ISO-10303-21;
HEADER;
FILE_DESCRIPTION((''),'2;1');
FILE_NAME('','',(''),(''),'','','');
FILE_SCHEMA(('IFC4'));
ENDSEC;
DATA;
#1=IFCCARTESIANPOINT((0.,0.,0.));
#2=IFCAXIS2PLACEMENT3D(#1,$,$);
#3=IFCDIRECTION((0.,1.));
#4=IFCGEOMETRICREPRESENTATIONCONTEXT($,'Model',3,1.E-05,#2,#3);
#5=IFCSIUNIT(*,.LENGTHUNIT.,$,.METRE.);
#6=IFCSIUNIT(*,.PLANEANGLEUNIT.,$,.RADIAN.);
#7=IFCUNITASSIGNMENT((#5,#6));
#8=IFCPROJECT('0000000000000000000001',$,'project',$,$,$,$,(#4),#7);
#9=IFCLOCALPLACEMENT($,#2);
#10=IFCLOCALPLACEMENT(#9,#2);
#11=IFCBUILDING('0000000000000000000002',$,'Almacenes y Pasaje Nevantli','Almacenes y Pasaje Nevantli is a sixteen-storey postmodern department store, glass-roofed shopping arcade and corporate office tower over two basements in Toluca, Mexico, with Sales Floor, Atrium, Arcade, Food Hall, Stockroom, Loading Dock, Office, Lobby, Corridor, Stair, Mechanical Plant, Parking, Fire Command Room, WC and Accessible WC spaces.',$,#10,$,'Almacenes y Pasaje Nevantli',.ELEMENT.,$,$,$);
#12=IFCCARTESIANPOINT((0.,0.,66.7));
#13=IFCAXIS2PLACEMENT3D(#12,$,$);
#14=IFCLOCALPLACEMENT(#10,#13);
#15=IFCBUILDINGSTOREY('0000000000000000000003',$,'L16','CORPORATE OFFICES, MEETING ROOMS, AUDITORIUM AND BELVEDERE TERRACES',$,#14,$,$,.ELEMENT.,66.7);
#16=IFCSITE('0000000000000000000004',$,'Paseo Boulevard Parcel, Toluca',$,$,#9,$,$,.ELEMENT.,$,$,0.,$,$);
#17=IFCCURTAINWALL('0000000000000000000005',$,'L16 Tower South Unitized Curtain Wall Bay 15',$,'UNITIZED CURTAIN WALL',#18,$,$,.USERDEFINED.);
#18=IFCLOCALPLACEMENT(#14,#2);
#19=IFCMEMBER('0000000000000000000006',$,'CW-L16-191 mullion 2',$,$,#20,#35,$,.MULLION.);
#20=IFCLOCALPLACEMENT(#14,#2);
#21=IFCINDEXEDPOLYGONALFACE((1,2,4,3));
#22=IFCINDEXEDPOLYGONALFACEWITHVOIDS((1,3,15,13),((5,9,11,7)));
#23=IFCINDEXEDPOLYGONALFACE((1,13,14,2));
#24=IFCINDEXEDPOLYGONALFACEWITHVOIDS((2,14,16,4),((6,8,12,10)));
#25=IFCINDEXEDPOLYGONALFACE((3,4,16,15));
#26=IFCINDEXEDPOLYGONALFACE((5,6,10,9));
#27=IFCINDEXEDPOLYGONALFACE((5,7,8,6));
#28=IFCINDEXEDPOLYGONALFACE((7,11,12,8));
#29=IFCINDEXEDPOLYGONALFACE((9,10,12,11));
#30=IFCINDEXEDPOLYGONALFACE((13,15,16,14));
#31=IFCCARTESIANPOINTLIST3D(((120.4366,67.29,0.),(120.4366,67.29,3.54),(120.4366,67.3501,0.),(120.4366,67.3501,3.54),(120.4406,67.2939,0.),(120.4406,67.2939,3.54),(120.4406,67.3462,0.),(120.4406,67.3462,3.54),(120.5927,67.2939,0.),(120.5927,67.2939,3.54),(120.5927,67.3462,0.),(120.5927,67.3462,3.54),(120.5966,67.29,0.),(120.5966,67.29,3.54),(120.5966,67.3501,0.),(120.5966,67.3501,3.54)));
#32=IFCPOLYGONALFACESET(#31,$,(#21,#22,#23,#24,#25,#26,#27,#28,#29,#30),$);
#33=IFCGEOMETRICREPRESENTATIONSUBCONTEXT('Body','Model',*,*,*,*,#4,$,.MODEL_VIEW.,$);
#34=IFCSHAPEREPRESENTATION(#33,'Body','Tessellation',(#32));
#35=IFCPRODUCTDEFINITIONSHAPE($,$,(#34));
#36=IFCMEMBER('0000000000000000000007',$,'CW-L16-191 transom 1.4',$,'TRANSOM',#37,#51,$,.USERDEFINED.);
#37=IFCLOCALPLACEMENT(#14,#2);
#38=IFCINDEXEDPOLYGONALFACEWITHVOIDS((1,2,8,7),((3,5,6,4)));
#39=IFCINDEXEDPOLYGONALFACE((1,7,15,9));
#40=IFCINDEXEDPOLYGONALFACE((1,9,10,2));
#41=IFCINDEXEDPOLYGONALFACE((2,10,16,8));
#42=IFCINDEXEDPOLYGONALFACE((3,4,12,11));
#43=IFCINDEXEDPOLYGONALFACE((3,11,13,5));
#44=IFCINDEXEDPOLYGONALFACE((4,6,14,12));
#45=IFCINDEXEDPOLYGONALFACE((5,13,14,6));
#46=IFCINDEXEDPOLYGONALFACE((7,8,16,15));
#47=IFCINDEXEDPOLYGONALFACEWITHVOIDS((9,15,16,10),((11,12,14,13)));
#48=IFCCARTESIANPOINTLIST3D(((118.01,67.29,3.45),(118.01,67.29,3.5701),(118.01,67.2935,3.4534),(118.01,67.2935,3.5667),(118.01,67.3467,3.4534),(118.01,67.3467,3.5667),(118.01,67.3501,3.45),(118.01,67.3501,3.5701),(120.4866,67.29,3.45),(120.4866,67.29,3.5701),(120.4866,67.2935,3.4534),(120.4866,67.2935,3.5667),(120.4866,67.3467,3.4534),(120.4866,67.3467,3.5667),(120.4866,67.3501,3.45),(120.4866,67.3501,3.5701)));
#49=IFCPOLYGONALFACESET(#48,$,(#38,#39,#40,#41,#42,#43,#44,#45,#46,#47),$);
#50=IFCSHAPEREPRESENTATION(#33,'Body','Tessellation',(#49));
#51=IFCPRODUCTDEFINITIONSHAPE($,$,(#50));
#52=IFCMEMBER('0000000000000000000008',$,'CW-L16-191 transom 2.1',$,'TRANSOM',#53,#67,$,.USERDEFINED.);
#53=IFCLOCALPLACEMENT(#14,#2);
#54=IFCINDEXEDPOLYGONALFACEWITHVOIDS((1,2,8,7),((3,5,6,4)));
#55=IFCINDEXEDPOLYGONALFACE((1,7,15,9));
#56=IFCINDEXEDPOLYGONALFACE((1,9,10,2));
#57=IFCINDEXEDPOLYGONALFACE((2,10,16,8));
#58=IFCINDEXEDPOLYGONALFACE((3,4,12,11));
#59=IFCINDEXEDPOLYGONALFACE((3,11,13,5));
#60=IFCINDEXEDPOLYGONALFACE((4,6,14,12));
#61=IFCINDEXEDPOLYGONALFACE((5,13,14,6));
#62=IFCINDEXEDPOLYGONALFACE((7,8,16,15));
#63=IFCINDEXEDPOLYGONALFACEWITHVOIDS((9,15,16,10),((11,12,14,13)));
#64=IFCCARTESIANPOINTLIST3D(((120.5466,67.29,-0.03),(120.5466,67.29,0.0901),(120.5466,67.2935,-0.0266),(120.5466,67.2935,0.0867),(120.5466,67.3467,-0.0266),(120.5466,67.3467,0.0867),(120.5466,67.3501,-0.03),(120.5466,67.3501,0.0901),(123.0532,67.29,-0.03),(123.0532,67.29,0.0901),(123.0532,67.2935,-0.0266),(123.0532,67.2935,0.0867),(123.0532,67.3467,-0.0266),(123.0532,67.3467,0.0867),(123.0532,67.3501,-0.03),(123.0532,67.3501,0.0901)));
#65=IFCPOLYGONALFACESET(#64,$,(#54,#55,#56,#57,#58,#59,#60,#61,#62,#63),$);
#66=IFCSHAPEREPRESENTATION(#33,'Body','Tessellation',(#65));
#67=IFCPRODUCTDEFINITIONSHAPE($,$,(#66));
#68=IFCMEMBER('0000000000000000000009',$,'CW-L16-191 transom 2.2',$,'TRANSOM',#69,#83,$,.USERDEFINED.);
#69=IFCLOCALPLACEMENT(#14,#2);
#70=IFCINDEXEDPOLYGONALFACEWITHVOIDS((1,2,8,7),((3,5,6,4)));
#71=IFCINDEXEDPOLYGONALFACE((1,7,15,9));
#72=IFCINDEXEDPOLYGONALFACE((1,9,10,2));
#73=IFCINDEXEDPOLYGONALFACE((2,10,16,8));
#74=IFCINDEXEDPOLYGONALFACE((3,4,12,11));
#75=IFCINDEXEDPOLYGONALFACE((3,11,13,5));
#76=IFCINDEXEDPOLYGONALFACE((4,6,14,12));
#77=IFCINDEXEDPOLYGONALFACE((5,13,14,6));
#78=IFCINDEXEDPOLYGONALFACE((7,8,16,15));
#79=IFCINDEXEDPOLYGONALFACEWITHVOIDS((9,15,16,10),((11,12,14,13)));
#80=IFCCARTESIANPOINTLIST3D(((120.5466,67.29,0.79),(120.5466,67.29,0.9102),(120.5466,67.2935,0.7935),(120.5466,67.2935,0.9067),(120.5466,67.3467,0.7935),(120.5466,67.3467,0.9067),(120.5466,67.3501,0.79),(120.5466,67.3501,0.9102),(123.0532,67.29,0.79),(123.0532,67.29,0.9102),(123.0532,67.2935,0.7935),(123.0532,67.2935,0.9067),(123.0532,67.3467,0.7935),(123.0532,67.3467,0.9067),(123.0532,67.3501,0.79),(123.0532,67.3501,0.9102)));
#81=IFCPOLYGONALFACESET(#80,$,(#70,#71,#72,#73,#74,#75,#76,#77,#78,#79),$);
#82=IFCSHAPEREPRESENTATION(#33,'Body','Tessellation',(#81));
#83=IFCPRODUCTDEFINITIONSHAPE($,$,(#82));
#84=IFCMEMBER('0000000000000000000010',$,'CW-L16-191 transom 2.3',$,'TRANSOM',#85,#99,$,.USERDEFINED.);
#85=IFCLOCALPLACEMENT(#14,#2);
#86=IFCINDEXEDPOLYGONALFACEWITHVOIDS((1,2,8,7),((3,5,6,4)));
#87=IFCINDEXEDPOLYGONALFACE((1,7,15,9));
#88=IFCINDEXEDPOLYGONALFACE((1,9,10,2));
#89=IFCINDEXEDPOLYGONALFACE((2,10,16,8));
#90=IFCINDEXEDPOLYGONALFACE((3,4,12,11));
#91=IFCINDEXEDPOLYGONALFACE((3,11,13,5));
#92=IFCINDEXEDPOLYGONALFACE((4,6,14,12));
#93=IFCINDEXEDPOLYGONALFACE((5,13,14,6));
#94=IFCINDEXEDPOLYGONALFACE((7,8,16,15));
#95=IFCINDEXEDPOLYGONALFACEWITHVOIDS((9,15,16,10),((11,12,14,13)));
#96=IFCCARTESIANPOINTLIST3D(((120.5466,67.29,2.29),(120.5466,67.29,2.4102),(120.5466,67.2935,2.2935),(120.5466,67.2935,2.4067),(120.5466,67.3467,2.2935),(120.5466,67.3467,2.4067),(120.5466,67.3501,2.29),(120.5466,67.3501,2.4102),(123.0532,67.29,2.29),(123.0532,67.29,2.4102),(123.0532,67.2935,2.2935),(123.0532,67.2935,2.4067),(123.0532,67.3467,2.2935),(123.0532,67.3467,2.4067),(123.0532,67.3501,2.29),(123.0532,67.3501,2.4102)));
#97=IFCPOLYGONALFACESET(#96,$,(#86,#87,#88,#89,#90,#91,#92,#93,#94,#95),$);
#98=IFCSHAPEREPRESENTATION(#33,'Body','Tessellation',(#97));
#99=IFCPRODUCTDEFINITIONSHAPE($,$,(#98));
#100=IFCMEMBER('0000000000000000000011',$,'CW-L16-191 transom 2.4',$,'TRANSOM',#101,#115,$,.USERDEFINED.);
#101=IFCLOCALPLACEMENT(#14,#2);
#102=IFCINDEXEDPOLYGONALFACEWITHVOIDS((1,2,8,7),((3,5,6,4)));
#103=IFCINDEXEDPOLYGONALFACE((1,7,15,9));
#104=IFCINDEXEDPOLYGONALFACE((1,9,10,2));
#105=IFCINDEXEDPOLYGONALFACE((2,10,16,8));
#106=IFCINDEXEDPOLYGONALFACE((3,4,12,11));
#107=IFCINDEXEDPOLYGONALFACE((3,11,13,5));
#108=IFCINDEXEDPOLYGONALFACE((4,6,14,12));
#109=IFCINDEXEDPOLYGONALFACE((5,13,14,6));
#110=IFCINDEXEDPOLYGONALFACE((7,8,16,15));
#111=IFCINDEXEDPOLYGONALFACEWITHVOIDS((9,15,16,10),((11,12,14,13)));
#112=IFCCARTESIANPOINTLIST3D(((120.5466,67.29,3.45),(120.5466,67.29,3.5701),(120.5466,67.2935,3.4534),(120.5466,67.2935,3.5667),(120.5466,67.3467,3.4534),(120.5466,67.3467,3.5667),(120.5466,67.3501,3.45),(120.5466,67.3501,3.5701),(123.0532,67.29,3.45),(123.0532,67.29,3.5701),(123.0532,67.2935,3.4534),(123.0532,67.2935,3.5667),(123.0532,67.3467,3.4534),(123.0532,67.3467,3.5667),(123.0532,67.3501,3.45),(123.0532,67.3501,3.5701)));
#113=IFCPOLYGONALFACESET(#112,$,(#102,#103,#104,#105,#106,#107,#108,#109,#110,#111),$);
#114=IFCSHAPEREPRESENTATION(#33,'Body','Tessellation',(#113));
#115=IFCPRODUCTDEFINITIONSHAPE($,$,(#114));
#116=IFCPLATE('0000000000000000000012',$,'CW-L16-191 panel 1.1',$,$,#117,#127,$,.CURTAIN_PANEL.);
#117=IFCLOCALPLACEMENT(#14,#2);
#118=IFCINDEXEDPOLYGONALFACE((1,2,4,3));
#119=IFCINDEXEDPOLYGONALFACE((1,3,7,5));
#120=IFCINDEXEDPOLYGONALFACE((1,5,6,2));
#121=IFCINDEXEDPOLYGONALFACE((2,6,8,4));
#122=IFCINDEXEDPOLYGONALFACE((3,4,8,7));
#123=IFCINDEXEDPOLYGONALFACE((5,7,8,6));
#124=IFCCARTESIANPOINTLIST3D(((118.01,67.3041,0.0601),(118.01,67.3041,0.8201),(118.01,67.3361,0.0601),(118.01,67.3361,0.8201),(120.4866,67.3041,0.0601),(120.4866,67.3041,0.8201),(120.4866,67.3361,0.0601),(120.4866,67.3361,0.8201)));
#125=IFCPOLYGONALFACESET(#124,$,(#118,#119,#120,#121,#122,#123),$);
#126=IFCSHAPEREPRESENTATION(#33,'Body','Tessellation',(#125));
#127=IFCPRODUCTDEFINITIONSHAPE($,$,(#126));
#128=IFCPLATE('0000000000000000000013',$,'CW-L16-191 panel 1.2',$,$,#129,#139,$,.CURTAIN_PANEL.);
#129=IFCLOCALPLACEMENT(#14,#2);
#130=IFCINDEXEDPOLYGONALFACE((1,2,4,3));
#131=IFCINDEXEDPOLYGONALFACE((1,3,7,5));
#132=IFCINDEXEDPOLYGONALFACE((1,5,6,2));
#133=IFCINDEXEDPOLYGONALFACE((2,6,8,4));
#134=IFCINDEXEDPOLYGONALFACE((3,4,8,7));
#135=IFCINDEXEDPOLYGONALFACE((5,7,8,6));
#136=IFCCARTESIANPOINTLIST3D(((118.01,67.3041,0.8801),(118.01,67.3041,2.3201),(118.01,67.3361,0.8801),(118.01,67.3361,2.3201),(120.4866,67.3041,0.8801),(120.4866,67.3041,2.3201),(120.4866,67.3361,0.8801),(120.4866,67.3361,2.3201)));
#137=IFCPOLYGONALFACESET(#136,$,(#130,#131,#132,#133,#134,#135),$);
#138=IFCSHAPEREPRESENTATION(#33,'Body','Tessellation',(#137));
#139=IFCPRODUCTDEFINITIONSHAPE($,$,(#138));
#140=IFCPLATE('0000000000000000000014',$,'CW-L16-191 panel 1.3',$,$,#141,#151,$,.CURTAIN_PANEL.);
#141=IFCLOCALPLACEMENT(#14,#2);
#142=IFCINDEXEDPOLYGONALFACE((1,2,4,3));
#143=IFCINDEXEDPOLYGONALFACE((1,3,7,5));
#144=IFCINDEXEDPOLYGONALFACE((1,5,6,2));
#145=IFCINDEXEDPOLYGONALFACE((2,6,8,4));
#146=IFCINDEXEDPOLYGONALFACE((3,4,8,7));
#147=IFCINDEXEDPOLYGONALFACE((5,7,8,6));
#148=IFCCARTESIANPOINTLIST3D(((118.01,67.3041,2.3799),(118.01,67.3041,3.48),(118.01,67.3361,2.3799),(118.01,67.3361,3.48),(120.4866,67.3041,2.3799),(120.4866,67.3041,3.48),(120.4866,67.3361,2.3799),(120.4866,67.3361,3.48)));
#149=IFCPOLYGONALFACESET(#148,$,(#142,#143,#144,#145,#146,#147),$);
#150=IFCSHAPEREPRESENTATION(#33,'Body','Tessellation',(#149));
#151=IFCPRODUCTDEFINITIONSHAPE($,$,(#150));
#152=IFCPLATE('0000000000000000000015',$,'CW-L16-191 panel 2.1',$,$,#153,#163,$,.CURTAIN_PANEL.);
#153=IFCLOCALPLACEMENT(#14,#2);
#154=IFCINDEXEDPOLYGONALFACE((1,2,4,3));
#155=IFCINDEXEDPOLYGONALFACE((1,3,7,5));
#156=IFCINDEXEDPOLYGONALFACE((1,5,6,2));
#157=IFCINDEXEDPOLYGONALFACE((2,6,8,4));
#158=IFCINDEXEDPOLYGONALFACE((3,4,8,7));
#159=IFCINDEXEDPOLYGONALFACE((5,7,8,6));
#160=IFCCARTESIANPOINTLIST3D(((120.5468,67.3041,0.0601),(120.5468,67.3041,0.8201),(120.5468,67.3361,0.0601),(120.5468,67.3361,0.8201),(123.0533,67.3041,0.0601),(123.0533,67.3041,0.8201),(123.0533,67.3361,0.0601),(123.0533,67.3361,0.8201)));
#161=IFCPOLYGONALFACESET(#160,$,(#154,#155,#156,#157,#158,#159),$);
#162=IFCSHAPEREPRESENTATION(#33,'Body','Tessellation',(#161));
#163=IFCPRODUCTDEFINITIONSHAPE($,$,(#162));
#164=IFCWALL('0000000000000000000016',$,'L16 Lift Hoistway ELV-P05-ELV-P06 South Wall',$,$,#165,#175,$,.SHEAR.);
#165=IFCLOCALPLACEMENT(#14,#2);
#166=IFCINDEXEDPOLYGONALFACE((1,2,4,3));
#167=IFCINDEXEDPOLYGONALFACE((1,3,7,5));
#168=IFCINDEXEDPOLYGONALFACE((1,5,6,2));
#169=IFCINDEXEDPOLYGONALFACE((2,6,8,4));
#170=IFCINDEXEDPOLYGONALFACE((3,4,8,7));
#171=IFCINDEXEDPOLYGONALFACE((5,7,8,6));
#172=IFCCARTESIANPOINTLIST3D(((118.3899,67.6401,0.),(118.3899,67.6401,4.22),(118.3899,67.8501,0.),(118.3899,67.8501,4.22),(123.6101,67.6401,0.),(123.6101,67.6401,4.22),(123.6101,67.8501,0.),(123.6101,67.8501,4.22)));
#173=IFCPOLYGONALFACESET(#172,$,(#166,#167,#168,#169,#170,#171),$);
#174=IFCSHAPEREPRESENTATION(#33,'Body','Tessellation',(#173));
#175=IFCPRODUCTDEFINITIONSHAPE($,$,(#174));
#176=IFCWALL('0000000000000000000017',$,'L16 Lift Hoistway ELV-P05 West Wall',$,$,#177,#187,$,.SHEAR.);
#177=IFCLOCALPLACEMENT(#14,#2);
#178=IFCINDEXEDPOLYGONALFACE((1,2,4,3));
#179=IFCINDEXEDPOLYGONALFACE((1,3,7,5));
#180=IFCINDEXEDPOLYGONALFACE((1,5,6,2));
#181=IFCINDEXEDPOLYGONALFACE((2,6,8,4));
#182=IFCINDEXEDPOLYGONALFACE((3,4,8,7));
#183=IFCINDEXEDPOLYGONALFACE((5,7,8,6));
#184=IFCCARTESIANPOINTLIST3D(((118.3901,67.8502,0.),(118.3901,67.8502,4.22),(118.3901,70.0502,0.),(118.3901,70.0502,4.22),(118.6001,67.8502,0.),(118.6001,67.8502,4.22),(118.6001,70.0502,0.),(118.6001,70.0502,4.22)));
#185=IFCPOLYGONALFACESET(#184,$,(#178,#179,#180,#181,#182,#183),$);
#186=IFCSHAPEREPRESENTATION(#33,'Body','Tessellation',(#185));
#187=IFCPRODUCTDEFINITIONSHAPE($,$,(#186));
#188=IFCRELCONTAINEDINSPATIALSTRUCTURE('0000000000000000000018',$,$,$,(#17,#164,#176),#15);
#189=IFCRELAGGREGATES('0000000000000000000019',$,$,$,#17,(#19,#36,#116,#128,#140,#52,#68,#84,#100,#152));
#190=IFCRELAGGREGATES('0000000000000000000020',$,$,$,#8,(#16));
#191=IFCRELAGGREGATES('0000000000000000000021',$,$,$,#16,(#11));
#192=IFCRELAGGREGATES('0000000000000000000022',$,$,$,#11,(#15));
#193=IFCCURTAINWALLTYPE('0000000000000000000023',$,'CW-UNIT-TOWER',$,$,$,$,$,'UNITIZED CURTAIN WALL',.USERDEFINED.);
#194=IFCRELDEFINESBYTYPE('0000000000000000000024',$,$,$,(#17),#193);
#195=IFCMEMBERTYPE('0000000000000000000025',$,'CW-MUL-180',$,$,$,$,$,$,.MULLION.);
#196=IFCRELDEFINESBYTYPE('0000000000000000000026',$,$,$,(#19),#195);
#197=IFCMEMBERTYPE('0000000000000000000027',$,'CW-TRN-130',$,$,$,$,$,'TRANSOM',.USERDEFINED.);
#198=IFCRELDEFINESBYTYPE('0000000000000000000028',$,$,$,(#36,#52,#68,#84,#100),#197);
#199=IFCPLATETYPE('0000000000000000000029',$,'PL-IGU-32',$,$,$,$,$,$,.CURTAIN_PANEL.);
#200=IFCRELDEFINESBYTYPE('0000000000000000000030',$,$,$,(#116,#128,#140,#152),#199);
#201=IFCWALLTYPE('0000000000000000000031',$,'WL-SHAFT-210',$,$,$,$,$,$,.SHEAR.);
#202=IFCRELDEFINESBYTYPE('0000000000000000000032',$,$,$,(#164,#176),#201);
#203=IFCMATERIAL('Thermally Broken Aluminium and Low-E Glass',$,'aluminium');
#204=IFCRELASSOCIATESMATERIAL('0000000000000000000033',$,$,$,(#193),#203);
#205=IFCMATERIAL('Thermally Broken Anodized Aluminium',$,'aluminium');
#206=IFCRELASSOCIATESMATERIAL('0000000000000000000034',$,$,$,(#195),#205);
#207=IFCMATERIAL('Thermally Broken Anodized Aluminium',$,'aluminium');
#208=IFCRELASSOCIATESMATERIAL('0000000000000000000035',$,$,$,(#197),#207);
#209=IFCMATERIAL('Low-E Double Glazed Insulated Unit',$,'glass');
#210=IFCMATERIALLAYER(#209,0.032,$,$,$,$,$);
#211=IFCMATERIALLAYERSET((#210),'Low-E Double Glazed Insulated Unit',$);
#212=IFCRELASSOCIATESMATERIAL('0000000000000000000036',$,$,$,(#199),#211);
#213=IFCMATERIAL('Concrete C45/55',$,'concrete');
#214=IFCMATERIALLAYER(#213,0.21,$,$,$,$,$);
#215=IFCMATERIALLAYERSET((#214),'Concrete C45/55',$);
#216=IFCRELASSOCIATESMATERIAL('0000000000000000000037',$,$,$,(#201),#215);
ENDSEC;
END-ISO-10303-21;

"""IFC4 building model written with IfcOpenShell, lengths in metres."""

from ifc_helpers import new_model, si_unit, direction, frame, frame_2d, origin, origin_2d, place, context, subcontext, project, spatial, rectangle, hollow_rectangle, extrude, material, layer, layer_set, material_profile, profile_set, type_object, element, aggregate, save


model = new_model("IFC4")

# Units and contexts
model_context = context("Model", 3, precision=1e-05, world=origin(), true_north=direction((0.0, 1.0)))
body_context = subcontext(model_context, "Body", "Model", "MODEL_VIEW")
ifc_project = project(units=[si_unit("LENGTHUNIT", "METRE"), si_unit("PLANEANGLEUNIT", "RADIAN")], contexts=[model_context])

# Site, building, storey
site_placement = place(None, origin())
site = spatial("IfcSite", under=ifc_project, at=site_placement, Name="Paseo Boulevard Parcel, Toluca", CompositionType="ELEMENT", RefElevation=0.0)
building_placement = place(site_placement, origin())
building = spatial("IfcBuilding", under=site, at=building_placement, Name="Almacenes y Pasaje Nevantli", Description="Almacenes y Pasaje Nevantli is a sixteen-storey postmodern department store, glass-roofed shopping arcade and corporate office tower over two basements in Toluca, Mexico, with Sales Floor, Atrium, Arcade, Food Hall, Stockroom, Loading Dock, Office, Lobby, Corridor, Stair, Mechanical Plant, Parking, Fire Command Room, WC and Accessible WC spaces.", LongName="Almacenes y Pasaje Nevantli", CompositionType="ELEMENT")
storey_placement = place(building_placement, frame((0.0, 0.0, 66.7)))
storey = spatial("IfcBuildingStorey", under=building, at=storey_placement, Name="L16", Description="CORPORATE OFFICES, MEETING ROOMS, AUDITORIUM AND BELVEDERE TERRACES", CompositionType="ELEMENT", Elevation=66.7)

# Curtain wall, members, plates
ifc_material_1 = material(Name="Thermally Broken Aluminium and Low-E Glass", Category="aluminium")
curtain_wall_type = type_object("IfcCurtainWallType", Name="CW-UNIT-TOWER", ElementType="UNITIZED CURTAIN WALL", PredefinedType="USERDEFINED", material=ifc_material_1)
curtain_wall_placement = place(storey_placement, origin())
curtain_wall = element("IfcCurtainWall", 1, at=curtain_wall_placement, inside=storey, type_object=curtain_wall_type, Name="L16 Tower South Unitized Curtain Wall Bay 15", ObjectType="UNITIZED CURTAIN WALL", PredefinedType="USERDEFINED")
ifc_material_2 = material(Name="Thermally Broken Anodized Aluminium", Category="aluminium")
ifc_material_profile_1 = material_profile(ifc_material_2, hollow_rectangle(XDim=0.0601, YDim=0.1599, WallThickness=0.0039, at=origin_2d()), Name="ALU-MUL-60x160")
ifc_profile_set_1 = profile_set([ifc_material_profile_1], Name="Thermally Broken Anodized Aluminium")
member_type_1 = type_object("IfcMemberType", Name="CW-MUL-180", PredefinedType="MULLION", material=ifc_profile_set_1)
member_1_placement = place(storey_placement, frame((120.5166, 67.3201, 0.0), z_axis=(0.0, 0.0, 1.0), x_axis=(0.0, 1.0, 0.0)))
member_1 = element("IfcMember", 2, at=member_1_placement, type_object=member_type_1, Name="CW-L16-191 mullion 2", PredefinedType="MULLION", context=body_context, shape_type="SweptSolid", body=[
    extrude(hollow_rectangle(XDim=0.0601, YDim=0.1599, WallThickness=0.0039, at=origin_2d()), origin(), (0.0, 0.0, 1.0), 3.54),
])
ifc_material_3 = material(Name="Thermally Broken Anodized Aluminium", Category="aluminium")
ifc_material_profile_2 = material_profile(ifc_material_3, hollow_rectangle(XDim=0.0601, YDim=0.1201, WallThickness=0.0034, at=origin_2d()), Name="ALU-TRN-60x120")
ifc_profile_set_2 = profile_set([ifc_material_profile_2], Name="Thermally Broken Anodized Aluminium")
member_type_2 = type_object("IfcMemberType", Name="CW-TRN-130", ElementType="TRANSOM", PredefinedType="USERDEFINED", material=ifc_profile_set_2)
member_2_placement = place(storey_placement, frame((118.01, 67.3201, 3.51), z_axis=(1.0, 0.0, 0.0), x_axis=(0.0, 1.0, 0.0)))
member_2 = element("IfcMember", 3, at=member_2_placement, type_object=member_type_2, Name="CW-L16-191 transom 1.4", ObjectType="TRANSOM", PredefinedType="USERDEFINED", context=body_context, shape_type="SweptSolid", body=[
    extrude(hollow_rectangle(XDim=0.0601, YDim=0.1201, WallThickness=0.0034, at=origin_2d()), origin(), (0.0, 0.0, 1.0), 2.4766),
])
member_3_placement = place(storey_placement, frame((120.5466, 67.3201, 0.03), z_axis=(1.0, 0.0, 0.0), x_axis=(0.0, 1.0, 0.0)))
member_3 = element("IfcMember", 4, at=member_3_placement, type_object=member_type_2, Name="CW-L16-191 transom 2.1", ObjectType="TRANSOM", PredefinedType="USERDEFINED", context=body_context, shape_type="SweptSolid", body=[
    extrude(hollow_rectangle(XDim=0.0601, YDim=0.1201, WallThickness=0.0034, at=origin_2d()), origin(), (0.0, 0.0, 1.0), 2.5066),
])
member_4_placement = place(storey_placement, frame((120.5466, 67.3201, 0.8501), z_axis=(1.0, 0.0, 0.0), x_axis=(0.0, 1.0, 0.0)))
member_4 = element("IfcMember", 5, at=member_4_placement, type_object=member_type_2, Name="CW-L16-191 transom 2.2", ObjectType="TRANSOM", PredefinedType="USERDEFINED", context=body_context, shape_type="SweptSolid", body=[
    extrude(hollow_rectangle(XDim=0.0601, YDim=0.1201, WallThickness=0.0034, at=origin_2d()), origin(), (0.0, 0.0, 1.0), 2.5066),
])
member_5_placement = place(storey_placement, frame((120.5466, 67.3201, 2.3501), z_axis=(1.0, 0.0, 0.0), x_axis=(0.0, 1.0, 0.0)))
member_5 = element("IfcMember", 6, at=member_5_placement, type_object=member_type_2, Name="CW-L16-191 transom 2.3", ObjectType="TRANSOM", PredefinedType="USERDEFINED", context=body_context, shape_type="SweptSolid", body=[
    extrude(hollow_rectangle(XDim=0.0601, YDim=0.1201, WallThickness=0.0034, at=origin_2d()), origin(), (0.0, 0.0, 1.0), 2.5066),
])
member_6_placement = place(storey_placement, frame((120.5466, 67.3201, 3.51), z_axis=(1.0, 0.0, 0.0), x_axis=(0.0, 1.0, 0.0)))
member_6 = element("IfcMember", 7, at=member_6_placement, type_object=member_type_2, Name="CW-L16-191 transom 2.4", ObjectType="TRANSOM", PredefinedType="USERDEFINED", context=body_context, shape_type="SweptSolid", body=[
    extrude(hollow_rectangle(XDim=0.0601, YDim=0.1201, WallThickness=0.0034, at=origin_2d()), origin(), (0.0, 0.0, 1.0), 2.5066),
])
ifc_material_4 = material(Name="Low-E Double Glazed Insulated Unit", Category="glass")
ifc_layer_1 = layer(ifc_material_4, 0.032)
ifc_layer_set_1 = layer_set([ifc_layer_1], Name="Low-E Double Glazed Insulated Unit")
plate_type = type_object("IfcPlateType", Name="PL-IGU-32", PredefinedType="CURTAIN_PANEL", material=ifc_layer_set_1)
plate_1_placement = place(storey_placement, frame((119.2483, 67.3201, 0.0601), z_axis=(0.0, 0.0, 1.0), x_axis=(1.0, 0.0, 0.0)))
plate_1 = element("IfcPlate", 8, at=plate_1_placement, type_object=plate_type, Name="CW-L16-191 panel 1.1", PredefinedType="CURTAIN_PANEL", context=body_context, shape_type="SweptSolid", body=[
    extrude(rectangle(XDim=2.4766, YDim=0.032, at=origin_2d()), origin(), (0.0, 0.0, 1.0), 0.76),
])
plate_2_placement = place(storey_placement, frame((119.2483, 67.3201, 0.8801), z_axis=(0.0, 0.0, 1.0), x_axis=(1.0, 0.0, 0.0)))
plate_2 = element("IfcPlate", 9, at=plate_2_placement, type_object=plate_type, Name="CW-L16-191 panel 1.2", PredefinedType="CURTAIN_PANEL", context=body_context, shape_type="SweptSolid", body=[
    extrude(rectangle(XDim=2.4766, YDim=0.032, at=origin_2d()), origin(), (0.0, 0.0, 1.0), 1.4399),
])
plate_3_placement = place(storey_placement, frame((119.2483, 67.3201, 2.3799), z_axis=(0.0, 0.0, 1.0), x_axis=(1.0, 0.0, 0.0)))
plate_3 = element("IfcPlate", 10, at=plate_3_placement, type_object=plate_type, Name="CW-L16-191 panel 1.3", PredefinedType="CURTAIN_PANEL", context=body_context, shape_type="SweptSolid", body=[
    extrude(rectangle(XDim=2.4766, YDim=0.032, at=origin_2d()), origin(), (0.0, 0.0, 1.0), 1.1001),
])
plate_4_placement = place(storey_placement, frame((121.8, 67.3201, 0.0601), z_axis=(0.0, 0.0, 1.0), x_axis=(1.0, 0.0, 0.0)))
plate_4 = element("IfcPlate", 11, at=plate_4_placement, type_object=plate_type, Name="CW-L16-191 panel 2.1", PredefinedType="CURTAIN_PANEL", context=body_context, shape_type="SweptSolid", body=[
    extrude(rectangle(XDim=2.5066, YDim=0.032, at=origin_2d()), origin(), (0.0, 0.0, 1.0), 0.76),
])
aggregate(curtain_wall, [member_1, member_2, plate_1, plate_2, plate_3, member_3, member_4, member_5, member_6, plate_4])

# Wall
ifc_material_5 = material(Name="Concrete C45/55", Category="concrete")
ifc_layer_2 = layer(ifc_material_5, 0.21)
ifc_layer_set_2 = layer_set([ifc_layer_2], Name="Concrete C45/55")
wall_type = type_object("IfcWallType", Name="WL-SHAFT-210", PredefinedType="SHEAR", material=ifc_layer_set_2)
wall_1_placement = place(storey_placement, frame((118.3899, 67.7451, 0.0), z_axis=(0.0, 0.0, 1.0), x_axis=(1.0, 0.0, 0.0)))
element("IfcWall", 12, at=wall_1_placement, inside=storey, type_object=wall_type, Name="L16 Lift Hoistway ELV-P05-ELV-P06 South Wall", PredefinedType="SHEAR", context=body_context, shape_type="SweptSolid", body=[
    extrude(rectangle(XDim=5.2202, YDim=0.21, at=frame_2d((2.6101, 0.0))), origin(), (0.0, 0.0, 1.0), 4.22),
])

# Wall
for number, where, z_axis, x_axis, name in (
    (13, (118.4951, 67.8501, 0.0), (0.0, 0.0, 1.0), (0.0, 1.0, 0.0), "L16 Lift Hoistway ELV-P05 West Wall"),
):
    element("IfcWall", number, at=place(storey_placement, frame(where, z_axis=z_axis, x_axis=x_axis)), inside=storey, type_object=wall_type, Name=name, PredefinedType="SHEAR", context=body_context, shape_type="SweptSolid", body=[
        extrude(rectangle(XDim=2.2, YDim=0.21, at=frame_2d((1.1001, 0.0))), origin(), (0.0, 0.0, 1.0), 4.22),
    ])

save(model, "model.ifc")
